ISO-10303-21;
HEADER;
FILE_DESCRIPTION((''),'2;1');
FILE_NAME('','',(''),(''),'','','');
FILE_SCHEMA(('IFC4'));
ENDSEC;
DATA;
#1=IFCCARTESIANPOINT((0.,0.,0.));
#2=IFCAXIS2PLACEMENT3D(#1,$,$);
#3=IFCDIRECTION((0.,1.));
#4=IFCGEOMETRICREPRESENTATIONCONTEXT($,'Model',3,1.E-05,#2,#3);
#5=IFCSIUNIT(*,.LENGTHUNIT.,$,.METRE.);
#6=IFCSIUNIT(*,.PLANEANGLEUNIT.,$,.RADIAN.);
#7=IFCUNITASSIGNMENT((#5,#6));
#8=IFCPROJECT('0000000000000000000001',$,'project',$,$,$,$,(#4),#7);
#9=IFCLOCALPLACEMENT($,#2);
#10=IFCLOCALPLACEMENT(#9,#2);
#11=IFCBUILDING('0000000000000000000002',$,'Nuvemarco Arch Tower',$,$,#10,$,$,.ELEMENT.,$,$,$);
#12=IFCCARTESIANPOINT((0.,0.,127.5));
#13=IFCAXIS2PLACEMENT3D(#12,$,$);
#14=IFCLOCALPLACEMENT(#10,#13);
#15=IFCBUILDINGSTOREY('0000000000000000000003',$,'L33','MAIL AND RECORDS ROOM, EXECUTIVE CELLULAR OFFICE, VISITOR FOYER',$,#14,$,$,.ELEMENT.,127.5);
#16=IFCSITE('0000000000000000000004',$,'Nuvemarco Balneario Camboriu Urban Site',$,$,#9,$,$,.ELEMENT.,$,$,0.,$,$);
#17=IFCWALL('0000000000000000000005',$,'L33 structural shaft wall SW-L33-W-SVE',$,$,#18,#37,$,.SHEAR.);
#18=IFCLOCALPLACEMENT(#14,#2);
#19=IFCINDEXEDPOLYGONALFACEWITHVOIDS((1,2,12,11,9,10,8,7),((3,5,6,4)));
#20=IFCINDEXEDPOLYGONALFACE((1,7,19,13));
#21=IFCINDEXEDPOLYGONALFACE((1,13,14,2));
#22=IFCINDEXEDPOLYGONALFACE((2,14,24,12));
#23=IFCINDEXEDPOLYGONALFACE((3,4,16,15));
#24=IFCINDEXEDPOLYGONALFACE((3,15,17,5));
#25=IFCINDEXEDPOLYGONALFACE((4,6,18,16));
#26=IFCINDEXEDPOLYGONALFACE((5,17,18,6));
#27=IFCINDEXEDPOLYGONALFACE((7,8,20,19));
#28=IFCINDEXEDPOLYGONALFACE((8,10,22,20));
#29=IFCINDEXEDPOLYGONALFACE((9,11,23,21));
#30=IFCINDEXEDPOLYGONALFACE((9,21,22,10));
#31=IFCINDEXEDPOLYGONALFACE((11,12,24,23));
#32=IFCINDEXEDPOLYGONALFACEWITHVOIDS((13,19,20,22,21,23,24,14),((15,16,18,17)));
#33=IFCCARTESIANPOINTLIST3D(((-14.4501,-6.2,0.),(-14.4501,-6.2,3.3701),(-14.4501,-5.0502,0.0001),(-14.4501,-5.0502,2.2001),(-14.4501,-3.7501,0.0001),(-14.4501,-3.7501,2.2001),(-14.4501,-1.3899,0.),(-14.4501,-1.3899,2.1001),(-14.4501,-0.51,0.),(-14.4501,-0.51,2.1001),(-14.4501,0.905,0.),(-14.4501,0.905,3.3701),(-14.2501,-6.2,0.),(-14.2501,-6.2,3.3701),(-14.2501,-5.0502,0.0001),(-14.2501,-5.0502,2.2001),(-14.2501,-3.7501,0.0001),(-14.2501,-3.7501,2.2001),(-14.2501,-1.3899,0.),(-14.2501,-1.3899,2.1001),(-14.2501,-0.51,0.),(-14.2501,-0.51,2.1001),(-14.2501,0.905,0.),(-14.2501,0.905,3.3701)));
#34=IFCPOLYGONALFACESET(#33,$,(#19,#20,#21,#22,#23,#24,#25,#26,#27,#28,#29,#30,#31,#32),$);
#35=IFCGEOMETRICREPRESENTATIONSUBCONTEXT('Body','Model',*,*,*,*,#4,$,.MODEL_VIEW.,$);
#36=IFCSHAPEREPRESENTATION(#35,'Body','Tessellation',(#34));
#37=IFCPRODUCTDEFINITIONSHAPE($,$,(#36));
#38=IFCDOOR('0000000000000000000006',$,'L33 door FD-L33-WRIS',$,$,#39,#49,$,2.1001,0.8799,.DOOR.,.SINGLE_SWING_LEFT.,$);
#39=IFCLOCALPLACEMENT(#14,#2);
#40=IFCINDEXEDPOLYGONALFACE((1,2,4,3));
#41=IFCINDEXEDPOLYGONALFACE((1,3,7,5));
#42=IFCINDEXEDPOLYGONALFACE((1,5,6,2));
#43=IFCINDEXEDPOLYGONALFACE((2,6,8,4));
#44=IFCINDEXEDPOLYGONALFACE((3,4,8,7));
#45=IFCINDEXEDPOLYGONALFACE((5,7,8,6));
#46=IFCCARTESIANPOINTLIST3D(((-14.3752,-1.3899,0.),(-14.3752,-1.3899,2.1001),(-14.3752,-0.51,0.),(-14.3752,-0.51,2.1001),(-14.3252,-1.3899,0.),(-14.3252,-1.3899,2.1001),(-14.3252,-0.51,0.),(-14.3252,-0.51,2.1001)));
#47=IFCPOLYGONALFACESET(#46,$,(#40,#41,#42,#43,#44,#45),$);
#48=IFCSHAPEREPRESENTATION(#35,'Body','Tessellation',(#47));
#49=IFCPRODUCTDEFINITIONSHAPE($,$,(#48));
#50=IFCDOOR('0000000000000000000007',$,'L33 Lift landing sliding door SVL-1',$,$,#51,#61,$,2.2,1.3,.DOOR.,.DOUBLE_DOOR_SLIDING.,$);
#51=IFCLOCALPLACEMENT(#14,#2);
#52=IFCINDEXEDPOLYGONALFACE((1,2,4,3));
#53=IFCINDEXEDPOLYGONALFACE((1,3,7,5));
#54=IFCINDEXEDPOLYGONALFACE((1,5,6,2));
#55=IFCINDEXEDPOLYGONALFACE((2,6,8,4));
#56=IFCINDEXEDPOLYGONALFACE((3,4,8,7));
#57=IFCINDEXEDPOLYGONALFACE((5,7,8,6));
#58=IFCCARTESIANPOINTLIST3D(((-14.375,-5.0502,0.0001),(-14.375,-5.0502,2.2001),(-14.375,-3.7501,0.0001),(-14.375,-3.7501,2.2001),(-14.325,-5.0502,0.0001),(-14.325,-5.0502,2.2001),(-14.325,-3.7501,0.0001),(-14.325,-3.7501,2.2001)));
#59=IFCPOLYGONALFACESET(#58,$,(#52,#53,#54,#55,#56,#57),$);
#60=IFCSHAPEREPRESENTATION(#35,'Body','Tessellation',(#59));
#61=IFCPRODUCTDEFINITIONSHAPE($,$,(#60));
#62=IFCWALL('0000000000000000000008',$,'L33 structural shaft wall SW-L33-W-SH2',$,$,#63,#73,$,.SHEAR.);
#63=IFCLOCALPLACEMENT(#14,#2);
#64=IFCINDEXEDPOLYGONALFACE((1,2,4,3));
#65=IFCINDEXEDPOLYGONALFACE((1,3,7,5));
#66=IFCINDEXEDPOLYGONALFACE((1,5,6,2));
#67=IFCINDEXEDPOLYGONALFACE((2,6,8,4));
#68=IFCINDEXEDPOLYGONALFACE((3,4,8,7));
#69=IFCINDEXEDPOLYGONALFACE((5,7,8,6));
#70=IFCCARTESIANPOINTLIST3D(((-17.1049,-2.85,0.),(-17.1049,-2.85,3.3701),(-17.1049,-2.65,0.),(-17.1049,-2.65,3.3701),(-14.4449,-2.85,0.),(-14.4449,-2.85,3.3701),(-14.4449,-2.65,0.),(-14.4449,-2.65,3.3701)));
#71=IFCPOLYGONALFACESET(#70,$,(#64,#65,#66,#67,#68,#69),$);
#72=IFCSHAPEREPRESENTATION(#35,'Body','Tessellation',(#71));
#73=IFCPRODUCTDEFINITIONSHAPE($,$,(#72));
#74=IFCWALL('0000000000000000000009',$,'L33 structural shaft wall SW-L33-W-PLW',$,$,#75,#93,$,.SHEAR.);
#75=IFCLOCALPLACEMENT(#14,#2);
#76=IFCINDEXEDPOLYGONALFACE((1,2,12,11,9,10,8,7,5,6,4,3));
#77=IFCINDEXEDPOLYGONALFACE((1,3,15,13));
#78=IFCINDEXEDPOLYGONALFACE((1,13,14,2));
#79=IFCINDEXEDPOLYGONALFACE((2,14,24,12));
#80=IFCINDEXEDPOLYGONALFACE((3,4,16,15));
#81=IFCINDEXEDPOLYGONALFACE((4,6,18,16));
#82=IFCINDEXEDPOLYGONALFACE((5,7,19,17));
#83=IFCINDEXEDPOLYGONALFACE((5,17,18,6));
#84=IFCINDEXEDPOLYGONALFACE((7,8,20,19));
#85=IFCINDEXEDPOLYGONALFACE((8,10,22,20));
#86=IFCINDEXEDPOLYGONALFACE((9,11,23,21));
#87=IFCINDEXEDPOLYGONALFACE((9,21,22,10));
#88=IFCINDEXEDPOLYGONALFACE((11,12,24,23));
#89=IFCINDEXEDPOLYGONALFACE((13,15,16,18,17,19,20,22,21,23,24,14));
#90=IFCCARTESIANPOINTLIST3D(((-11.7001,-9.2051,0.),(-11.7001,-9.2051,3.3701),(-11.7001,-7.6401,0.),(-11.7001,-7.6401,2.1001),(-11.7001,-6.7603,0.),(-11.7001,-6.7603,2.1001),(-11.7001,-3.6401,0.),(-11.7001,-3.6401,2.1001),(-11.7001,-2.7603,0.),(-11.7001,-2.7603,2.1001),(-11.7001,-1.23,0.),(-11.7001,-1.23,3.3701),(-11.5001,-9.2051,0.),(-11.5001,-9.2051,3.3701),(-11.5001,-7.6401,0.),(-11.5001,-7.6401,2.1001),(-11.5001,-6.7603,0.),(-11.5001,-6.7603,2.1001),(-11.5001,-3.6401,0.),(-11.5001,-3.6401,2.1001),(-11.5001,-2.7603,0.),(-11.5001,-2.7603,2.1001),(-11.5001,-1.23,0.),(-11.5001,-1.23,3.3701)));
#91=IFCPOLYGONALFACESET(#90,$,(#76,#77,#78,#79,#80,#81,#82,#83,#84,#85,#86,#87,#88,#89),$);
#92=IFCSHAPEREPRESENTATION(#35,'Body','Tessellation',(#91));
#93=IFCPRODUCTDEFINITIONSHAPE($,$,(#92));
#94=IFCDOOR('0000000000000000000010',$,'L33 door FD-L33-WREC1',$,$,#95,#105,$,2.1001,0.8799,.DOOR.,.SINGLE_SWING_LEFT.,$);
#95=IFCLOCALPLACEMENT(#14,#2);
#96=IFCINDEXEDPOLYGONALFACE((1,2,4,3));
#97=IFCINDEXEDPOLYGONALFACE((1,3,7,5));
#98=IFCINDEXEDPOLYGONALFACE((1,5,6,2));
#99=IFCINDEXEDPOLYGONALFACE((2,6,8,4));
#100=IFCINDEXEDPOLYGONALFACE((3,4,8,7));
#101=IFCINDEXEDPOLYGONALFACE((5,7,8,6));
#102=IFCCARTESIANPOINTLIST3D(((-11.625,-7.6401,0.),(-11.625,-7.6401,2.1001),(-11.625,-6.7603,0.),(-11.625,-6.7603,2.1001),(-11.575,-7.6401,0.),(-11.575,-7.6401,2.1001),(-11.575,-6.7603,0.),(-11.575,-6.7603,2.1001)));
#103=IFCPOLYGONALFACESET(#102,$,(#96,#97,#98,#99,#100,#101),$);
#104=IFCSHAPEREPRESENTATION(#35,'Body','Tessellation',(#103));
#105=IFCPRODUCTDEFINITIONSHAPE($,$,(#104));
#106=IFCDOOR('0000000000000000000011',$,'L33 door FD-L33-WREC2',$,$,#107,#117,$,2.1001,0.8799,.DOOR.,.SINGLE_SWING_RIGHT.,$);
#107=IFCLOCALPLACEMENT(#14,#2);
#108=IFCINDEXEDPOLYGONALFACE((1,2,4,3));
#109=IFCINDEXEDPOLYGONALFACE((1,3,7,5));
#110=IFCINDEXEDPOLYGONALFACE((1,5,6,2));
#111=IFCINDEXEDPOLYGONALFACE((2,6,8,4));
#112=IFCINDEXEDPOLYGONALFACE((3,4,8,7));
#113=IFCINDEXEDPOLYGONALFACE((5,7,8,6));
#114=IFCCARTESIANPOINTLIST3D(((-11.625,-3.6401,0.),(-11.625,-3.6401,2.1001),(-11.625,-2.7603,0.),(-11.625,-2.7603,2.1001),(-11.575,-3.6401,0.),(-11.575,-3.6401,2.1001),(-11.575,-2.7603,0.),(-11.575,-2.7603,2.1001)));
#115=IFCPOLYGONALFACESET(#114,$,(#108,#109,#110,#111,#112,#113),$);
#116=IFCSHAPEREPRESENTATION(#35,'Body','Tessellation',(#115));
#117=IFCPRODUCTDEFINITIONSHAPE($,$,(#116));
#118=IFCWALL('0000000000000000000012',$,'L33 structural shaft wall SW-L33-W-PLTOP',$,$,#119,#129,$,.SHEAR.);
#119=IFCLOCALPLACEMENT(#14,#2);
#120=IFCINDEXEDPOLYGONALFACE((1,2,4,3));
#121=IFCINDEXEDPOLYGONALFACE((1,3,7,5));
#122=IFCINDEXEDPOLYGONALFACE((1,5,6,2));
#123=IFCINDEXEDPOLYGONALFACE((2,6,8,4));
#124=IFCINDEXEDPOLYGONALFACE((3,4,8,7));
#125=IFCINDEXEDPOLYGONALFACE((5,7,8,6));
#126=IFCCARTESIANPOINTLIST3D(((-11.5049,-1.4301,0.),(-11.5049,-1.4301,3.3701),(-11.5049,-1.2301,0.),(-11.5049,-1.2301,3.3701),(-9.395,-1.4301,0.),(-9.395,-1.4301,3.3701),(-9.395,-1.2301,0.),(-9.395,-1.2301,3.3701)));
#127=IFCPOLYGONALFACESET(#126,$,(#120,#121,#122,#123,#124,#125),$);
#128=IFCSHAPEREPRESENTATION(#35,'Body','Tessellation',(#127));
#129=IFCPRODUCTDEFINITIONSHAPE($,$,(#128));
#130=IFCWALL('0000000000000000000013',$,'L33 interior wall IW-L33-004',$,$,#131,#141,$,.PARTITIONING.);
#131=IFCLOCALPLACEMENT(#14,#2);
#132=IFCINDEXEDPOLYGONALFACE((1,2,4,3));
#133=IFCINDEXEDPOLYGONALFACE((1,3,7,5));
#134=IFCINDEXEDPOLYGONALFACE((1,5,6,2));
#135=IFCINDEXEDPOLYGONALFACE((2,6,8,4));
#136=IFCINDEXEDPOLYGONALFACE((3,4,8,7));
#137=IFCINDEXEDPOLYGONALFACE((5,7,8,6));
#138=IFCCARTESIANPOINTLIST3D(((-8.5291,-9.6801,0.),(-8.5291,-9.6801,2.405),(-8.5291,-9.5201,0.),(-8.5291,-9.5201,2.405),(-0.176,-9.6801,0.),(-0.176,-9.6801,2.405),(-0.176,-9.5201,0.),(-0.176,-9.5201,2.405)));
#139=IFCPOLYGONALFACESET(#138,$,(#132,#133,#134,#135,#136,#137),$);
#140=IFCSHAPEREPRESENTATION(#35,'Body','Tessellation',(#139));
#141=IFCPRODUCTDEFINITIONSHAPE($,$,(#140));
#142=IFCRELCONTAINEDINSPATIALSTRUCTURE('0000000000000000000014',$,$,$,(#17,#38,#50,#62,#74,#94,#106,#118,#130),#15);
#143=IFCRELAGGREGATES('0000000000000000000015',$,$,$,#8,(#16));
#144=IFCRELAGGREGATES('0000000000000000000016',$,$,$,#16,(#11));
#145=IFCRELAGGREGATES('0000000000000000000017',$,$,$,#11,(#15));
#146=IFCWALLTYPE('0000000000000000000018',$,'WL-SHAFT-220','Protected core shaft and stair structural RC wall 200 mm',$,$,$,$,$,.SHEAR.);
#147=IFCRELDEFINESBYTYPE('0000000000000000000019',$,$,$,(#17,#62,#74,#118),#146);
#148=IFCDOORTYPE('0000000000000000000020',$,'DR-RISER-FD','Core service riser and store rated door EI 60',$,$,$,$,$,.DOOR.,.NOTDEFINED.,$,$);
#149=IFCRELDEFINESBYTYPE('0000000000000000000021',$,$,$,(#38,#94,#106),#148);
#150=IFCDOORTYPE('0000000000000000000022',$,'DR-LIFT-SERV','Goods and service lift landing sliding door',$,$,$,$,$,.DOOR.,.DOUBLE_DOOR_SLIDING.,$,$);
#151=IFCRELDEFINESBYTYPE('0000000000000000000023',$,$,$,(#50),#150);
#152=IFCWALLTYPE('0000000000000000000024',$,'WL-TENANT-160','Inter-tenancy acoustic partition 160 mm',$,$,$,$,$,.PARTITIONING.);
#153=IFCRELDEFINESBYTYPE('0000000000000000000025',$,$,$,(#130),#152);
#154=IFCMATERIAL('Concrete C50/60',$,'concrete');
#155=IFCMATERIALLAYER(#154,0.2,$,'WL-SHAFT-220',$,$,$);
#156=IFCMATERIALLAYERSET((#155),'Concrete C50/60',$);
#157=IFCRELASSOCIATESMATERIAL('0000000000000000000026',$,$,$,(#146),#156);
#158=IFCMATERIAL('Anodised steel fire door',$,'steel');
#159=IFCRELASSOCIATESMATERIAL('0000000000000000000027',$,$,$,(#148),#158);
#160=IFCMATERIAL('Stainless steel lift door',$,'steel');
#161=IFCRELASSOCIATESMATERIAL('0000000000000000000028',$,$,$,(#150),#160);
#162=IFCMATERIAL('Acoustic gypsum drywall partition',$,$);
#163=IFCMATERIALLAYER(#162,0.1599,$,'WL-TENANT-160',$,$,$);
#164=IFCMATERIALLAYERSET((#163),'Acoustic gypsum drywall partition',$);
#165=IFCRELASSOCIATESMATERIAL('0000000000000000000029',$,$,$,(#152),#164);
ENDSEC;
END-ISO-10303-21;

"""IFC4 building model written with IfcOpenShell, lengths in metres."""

from ifc_helpers import new_model, si_unit, direction, frame, frame_2d, origin, place, context, subcontext, project, spatial, rectangle, extrude, source, transform, mapped, material, layer, layer_set, type_object, type_shapes, element, fill, save


model = new_model("IFC4")

# Units and contexts
model_context = context("Model", 3, precision=1e-05, world=origin(), true_north=direction((0.0, 1.0)))
body_context = subcontext(model_context, "Body", "Model", "MODEL_VIEW")
ifc_project = project(units=[si_unit("LENGTHUNIT", "METRE"), si_unit("PLANEANGLEUNIT", "RADIAN")], contexts=[model_context])

# Site, building, storey
site_placement = place(None, origin())
site = spatial("IfcSite", under=ifc_project, at=site_placement, Name="Nuvemarco Balneario Camboriu Urban Site", CompositionType="ELEMENT", RefElevation=0.0)
building_placement = place(site_placement, origin())
building = spatial("IfcBuilding", under=site, at=building_placement, Name="Nuvemarco Arch Tower", CompositionType="ELEMENT")
storey_placement = place(building_placement, frame((0.0, 0.0, 127.5)))
storey = spatial("IfcBuildingStorey", under=building, at=storey_placement, Name="L33", Description="MAIL AND RECORDS ROOM, EXECUTIVE CELLULAR OFFICE, VISITOR FOYER", CompositionType="ELEMENT", Elevation=127.5)

# Shared definitions
ifc_material_1 = material(Name="Concrete C50/60", Category="concrete")

# Shared definitions
ifc_material_2 = material(Name="Anodised steel fire door", Category="steel")

# Shared definitions
ifc_layer_1 = layer(ifc_material_1, 0.2, Name="WL-SHAFT-220")
ifc_layer_set_1 = layer_set([ifc_layer_1], Name="Concrete C50/60")
wall_type_1 = type_object("IfcWallType", Name="WL-SHAFT-220", Description="Protected core shaft and stair structural RC wall 200 mm", PredefinedType="SHEAR", material=ifc_layer_set_1)
ifc_material_3 = material(Name="Stainless steel lift door", Category="steel")

# Wall, openings, doors
wall_1_placement = place(storey_placement, frame((-14.3501, -6.2, 0.0), z_axis=(0.0, 0.0, 1.0), x_axis=(0.0, 1.0, 0.0)))
wall_1 = element("IfcWall", 1, at=wall_1_placement, inside=storey, type_object=wall_type_1, Name="L33 structural shaft wall SW-L33-W-SVE", PredefinedType="SHEAR", context=body_context, shape_type="SweptSolid", body=[
    extrude(rectangle(XDim=7.105, YDim=0.2, at=frame_2d((3.5525, 0.0))), origin(), (0.0, 0.0, 1.0), 3.3701),
])
opening_1_placement = place(wall_1_placement, frame((5.6899, 0.0, 0.0), z_axis=(0.0, 0.0, 1.0), x_axis=(-1.0, 0.0, 0.0)))
opening_1 = element("IfcOpeningElement", 2, at=opening_1_placement, cuts=wall_1, PredefinedType="OPENING", context=body_context, shape_type="SweptSolid", body=[
    extrude(rectangle(XDim=0.8799, YDim=2.1001, at=frame_2d((0.4399, 1.05))), frame((0.0, 0.1099, 0.0), z_axis=(0.0, -1.0, 0.0), x_axis=(1.0, 0.0, 0.0)), (0.0, 0.0, 1.0), 0.22),
])
opening_2_placement = place(wall_1_placement, frame((1.1499, 0.0, 0.0)))
opening_2 = element("IfcOpeningElement", 3, at=opening_2_placement, cuts=wall_1, PredefinedType="OPENING", context=body_context, shape_type="SweptSolid", body=[
    extrude(rectangle(XDim=1.3, YDim=2.2, at=frame_2d((0.6499, 1.1001))), frame((0.0, 0.1099, 0.0), z_axis=(0.0, -1.0, 0.0), x_axis=(1.0, 0.0, 0.0)), (0.0, 0.0, 1.0), 0.22),
])
door_type_1 = type_object("IfcDoorType", Name="DR-RISER-FD", Description="Core service riser and store rated door EI 60", OperationType="NOTDEFINED", PredefinedType="DOOR", material=ifc_material_2)
shared_shape_1 = source(origin(), body_context, "Body", "SweptSolid", [
    extrude(rectangle(XDim=0.8799, YDim=2.1001, at=frame_2d((0.4399, 1.05))), frame((0.0, 0.0249, 0.0), z_axis=(0.0, -1.0, 0.0), x_axis=(1.0, 0.0, 0.0)), (0.0, 0.0, 1.0), 0.05),
])
type_shapes(door_type_1, [shared_shape_1])
door_1_placement = place(opening_1_placement, origin())
door_1 = element("IfcDoor", 4, at=door_1_placement, inside=storey, type_object=door_type_1, Name="L33 door FD-L33-WRIS", OperationType="SINGLE_SWING_LEFT", OverallHeight=2.1001, OverallWidth=0.8799, PredefinedType="DOOR", context=body_context, shape_type="MappedRepresentation", body=[
    mapped(shared_shape_1, transform((0.0, 0.0, 0.0), scale=1.0)),
])
fill(opening_1, door_1)
door_type_2 = type_object("IfcDoorType", Name="DR-LIFT-SERV", Description="Goods and service lift landing sliding door", OperationType="DOUBLE_DOOR_SLIDING", PredefinedType="DOOR", material=ifc_material_3)
shared_shape_2 = source(origin(), body_context, "Body", "SweptSolid", [
    extrude(rectangle(XDim=1.3, YDim=2.2, at=frame_2d((0.6499, 1.1001))), frame((0.0, 0.0249, 0.0), z_axis=(0.0, -1.0, 0.0), x_axis=(1.0, 0.0, 0.0)), (0.0, 0.0, 1.0), 0.05),
])
type_shapes(door_type_2, [shared_shape_2])
door_2_placement = place(opening_2_placement, origin())
door_2 = element("IfcDoor", 5, at=door_2_placement, inside=storey, type_object=door_type_2, Name="L33 Lift landing sliding door SVL-1", OperationType="DOUBLE_DOOR_SLIDING", OverallHeight=2.2, OverallWidth=1.3, PredefinedType="DOOR", context=body_context, shape_type="MappedRepresentation", body=[
    mapped(shared_shape_2, transform((0.0, 0.0, 0.0), scale=1.0)),
])
fill(opening_2, door_2)

# Wall
wall_2_placement = place(storey_placement, frame((-17.105, -2.75, 0.0), z_axis=(0.0, 0.0, 1.0), x_axis=(1.0, 0.0, 0.0)))
element("IfcWall", 6, at=wall_2_placement, inside=storey, type_object=wall_type_1, Name="L33 structural shaft wall SW-L33-W-SH2", PredefinedType="SHEAR", context=body_context, shape_type="SweptSolid", body=[
    extrude(rectangle(XDim=2.6599, YDim=0.2, at=frame_2d((1.3301, 0.0))), origin(), (0.0, 0.0, 1.0), 3.3701),
])

# Wall, openings, doors
wall_3_placement = place(storey_placement, frame((-11.6001, -9.2051, 0.0), z_axis=(0.0, 0.0, 1.0), x_axis=(0.0, 1.0, 0.0)))
wall_3 = element("IfcWall", 7, at=wall_3_placement, inside=storey, type_object=wall_type_1, Name="L33 structural shaft wall SW-L33-W-PLW", PredefinedType="SHEAR", context=body_context, shape_type="SweptSolid", body=[
    extrude(rectangle(XDim=7.9751, YDim=0.2, at=frame_2d((3.9875, 0.0))), origin(), (0.0, 0.0, 1.0), 3.3701),
])
opening_3_placement = place(wall_3_placement, frame((1.5649, 0.0, 0.0)))
opening_3 = element("IfcOpeningElement", 8, at=opening_3_placement, cuts=wall_3, PredefinedType="OPENING", context=body_context, shape_type="SweptSolid", body=[
    extrude(rectangle(XDim=0.8799, YDim=2.1001, at=frame_2d((0.4399, 1.05))), frame((0.0, 0.1099, 0.0), z_axis=(0.0, -1.0, 0.0), x_axis=(1.0, 0.0, 0.0)), (0.0, 0.0, 1.0), 0.22),
])
opening_4_placement = place(wall_3_placement, frame((5.5649, 0.0, 0.0)))
opening_4 = element("IfcOpeningElement", 9, at=opening_4_placement, cuts=wall_3, PredefinedType="OPENING", context=body_context, shape_type="SweptSolid", body=[
    extrude(rectangle(XDim=0.8799, YDim=2.1001, at=frame_2d((0.4399, 1.05))), frame((0.0, 0.1099, 0.0), z_axis=(0.0, -1.0, 0.0), x_axis=(1.0, 0.0, 0.0)), (0.0, 0.0, 1.0), 0.22),
])
door_3_placement = place(opening_3_placement, origin())
door_3 = element("IfcDoor", 10, at=door_3_placement, inside=storey, type_object=door_type_1, Name="L33 door FD-L33-WREC1", OperationType="SINGLE_SWING_LEFT", OverallHeight=2.1001, OverallWidth=0.8799, PredefinedType="DOOR", context=body_context, shape_type="MappedRepresentation", body=[
    mapped(shared_shape_1, transform((0.0, 0.0, 0.0), scale=1.0)),
])
fill(opening_3, door_3)
door_4_placement = place(opening_4_placement, origin())
door_4 = element("IfcDoor", 11, at=door_4_placement, inside=storey, type_object=door_type_1, Name="L33 door FD-L33-WREC2", OperationType="SINGLE_SWING_RIGHT", OverallHeight=2.1001, OverallWidth=0.8799, PredefinedType="DOOR", context=body_context, shape_type="MappedRepresentation", body=[
    mapped(shared_shape_1, transform((0.0, 0.0, 0.0), scale=1.0)),
])
fill(opening_4, door_4)

# Walls
wall_4_placement = place(storey_placement, frame((-11.5049, -1.3301, 0.0), z_axis=(0.0, 0.0, 1.0), x_axis=(1.0, 0.0, 0.0)))
element("IfcWall", 12, at=wall_4_placement, inside=storey, type_object=wall_type_1, Name="L33 structural shaft wall SW-L33-W-PLTOP", PredefinedType="SHEAR", context=body_context, shape_type="SweptSolid", body=[
    extrude(rectangle(XDim=2.1099, YDim=0.2, at=frame_2d((1.0549, 0.0))), origin(), (0.0, 0.0, 1.0), 3.3701),
])
ifc_material_4 = material(Name="Acoustic gypsum drywall partition")
ifc_layer_2 = layer(ifc_material_4, 0.1599, Name="WL-TENANT-160")
ifc_layer_set_2 = layer_set([ifc_layer_2], Name="Acoustic gypsum drywall partition")
wall_type_2 = type_object("IfcWallType", Name="WL-TENANT-160", Description="Inter-tenancy acoustic partition 160 mm", PredefinedType="PARTITIONING", material=ifc_layer_set_2)
wall_5_placement = place(storey_placement, frame((-8.5291, -9.6001, 0.0), z_axis=(0.0, 0.0, 1.0), x_axis=(1.0, 0.0, 0.0)))
element("IfcWall", 13, at=wall_5_placement, inside=storey, type_object=wall_type_2, Name="L33 interior wall IW-L33-004", PredefinedType="PARTITIONING", context=body_context, shape_type="SweptSolid", body=[
    extrude(rectangle(XDim=8.353, YDim=0.1599, at=frame_2d((4.1765, 0.0))), origin(), (0.0, 0.0, 1.0), 2.405),
])

save(model, "model.ifc")
